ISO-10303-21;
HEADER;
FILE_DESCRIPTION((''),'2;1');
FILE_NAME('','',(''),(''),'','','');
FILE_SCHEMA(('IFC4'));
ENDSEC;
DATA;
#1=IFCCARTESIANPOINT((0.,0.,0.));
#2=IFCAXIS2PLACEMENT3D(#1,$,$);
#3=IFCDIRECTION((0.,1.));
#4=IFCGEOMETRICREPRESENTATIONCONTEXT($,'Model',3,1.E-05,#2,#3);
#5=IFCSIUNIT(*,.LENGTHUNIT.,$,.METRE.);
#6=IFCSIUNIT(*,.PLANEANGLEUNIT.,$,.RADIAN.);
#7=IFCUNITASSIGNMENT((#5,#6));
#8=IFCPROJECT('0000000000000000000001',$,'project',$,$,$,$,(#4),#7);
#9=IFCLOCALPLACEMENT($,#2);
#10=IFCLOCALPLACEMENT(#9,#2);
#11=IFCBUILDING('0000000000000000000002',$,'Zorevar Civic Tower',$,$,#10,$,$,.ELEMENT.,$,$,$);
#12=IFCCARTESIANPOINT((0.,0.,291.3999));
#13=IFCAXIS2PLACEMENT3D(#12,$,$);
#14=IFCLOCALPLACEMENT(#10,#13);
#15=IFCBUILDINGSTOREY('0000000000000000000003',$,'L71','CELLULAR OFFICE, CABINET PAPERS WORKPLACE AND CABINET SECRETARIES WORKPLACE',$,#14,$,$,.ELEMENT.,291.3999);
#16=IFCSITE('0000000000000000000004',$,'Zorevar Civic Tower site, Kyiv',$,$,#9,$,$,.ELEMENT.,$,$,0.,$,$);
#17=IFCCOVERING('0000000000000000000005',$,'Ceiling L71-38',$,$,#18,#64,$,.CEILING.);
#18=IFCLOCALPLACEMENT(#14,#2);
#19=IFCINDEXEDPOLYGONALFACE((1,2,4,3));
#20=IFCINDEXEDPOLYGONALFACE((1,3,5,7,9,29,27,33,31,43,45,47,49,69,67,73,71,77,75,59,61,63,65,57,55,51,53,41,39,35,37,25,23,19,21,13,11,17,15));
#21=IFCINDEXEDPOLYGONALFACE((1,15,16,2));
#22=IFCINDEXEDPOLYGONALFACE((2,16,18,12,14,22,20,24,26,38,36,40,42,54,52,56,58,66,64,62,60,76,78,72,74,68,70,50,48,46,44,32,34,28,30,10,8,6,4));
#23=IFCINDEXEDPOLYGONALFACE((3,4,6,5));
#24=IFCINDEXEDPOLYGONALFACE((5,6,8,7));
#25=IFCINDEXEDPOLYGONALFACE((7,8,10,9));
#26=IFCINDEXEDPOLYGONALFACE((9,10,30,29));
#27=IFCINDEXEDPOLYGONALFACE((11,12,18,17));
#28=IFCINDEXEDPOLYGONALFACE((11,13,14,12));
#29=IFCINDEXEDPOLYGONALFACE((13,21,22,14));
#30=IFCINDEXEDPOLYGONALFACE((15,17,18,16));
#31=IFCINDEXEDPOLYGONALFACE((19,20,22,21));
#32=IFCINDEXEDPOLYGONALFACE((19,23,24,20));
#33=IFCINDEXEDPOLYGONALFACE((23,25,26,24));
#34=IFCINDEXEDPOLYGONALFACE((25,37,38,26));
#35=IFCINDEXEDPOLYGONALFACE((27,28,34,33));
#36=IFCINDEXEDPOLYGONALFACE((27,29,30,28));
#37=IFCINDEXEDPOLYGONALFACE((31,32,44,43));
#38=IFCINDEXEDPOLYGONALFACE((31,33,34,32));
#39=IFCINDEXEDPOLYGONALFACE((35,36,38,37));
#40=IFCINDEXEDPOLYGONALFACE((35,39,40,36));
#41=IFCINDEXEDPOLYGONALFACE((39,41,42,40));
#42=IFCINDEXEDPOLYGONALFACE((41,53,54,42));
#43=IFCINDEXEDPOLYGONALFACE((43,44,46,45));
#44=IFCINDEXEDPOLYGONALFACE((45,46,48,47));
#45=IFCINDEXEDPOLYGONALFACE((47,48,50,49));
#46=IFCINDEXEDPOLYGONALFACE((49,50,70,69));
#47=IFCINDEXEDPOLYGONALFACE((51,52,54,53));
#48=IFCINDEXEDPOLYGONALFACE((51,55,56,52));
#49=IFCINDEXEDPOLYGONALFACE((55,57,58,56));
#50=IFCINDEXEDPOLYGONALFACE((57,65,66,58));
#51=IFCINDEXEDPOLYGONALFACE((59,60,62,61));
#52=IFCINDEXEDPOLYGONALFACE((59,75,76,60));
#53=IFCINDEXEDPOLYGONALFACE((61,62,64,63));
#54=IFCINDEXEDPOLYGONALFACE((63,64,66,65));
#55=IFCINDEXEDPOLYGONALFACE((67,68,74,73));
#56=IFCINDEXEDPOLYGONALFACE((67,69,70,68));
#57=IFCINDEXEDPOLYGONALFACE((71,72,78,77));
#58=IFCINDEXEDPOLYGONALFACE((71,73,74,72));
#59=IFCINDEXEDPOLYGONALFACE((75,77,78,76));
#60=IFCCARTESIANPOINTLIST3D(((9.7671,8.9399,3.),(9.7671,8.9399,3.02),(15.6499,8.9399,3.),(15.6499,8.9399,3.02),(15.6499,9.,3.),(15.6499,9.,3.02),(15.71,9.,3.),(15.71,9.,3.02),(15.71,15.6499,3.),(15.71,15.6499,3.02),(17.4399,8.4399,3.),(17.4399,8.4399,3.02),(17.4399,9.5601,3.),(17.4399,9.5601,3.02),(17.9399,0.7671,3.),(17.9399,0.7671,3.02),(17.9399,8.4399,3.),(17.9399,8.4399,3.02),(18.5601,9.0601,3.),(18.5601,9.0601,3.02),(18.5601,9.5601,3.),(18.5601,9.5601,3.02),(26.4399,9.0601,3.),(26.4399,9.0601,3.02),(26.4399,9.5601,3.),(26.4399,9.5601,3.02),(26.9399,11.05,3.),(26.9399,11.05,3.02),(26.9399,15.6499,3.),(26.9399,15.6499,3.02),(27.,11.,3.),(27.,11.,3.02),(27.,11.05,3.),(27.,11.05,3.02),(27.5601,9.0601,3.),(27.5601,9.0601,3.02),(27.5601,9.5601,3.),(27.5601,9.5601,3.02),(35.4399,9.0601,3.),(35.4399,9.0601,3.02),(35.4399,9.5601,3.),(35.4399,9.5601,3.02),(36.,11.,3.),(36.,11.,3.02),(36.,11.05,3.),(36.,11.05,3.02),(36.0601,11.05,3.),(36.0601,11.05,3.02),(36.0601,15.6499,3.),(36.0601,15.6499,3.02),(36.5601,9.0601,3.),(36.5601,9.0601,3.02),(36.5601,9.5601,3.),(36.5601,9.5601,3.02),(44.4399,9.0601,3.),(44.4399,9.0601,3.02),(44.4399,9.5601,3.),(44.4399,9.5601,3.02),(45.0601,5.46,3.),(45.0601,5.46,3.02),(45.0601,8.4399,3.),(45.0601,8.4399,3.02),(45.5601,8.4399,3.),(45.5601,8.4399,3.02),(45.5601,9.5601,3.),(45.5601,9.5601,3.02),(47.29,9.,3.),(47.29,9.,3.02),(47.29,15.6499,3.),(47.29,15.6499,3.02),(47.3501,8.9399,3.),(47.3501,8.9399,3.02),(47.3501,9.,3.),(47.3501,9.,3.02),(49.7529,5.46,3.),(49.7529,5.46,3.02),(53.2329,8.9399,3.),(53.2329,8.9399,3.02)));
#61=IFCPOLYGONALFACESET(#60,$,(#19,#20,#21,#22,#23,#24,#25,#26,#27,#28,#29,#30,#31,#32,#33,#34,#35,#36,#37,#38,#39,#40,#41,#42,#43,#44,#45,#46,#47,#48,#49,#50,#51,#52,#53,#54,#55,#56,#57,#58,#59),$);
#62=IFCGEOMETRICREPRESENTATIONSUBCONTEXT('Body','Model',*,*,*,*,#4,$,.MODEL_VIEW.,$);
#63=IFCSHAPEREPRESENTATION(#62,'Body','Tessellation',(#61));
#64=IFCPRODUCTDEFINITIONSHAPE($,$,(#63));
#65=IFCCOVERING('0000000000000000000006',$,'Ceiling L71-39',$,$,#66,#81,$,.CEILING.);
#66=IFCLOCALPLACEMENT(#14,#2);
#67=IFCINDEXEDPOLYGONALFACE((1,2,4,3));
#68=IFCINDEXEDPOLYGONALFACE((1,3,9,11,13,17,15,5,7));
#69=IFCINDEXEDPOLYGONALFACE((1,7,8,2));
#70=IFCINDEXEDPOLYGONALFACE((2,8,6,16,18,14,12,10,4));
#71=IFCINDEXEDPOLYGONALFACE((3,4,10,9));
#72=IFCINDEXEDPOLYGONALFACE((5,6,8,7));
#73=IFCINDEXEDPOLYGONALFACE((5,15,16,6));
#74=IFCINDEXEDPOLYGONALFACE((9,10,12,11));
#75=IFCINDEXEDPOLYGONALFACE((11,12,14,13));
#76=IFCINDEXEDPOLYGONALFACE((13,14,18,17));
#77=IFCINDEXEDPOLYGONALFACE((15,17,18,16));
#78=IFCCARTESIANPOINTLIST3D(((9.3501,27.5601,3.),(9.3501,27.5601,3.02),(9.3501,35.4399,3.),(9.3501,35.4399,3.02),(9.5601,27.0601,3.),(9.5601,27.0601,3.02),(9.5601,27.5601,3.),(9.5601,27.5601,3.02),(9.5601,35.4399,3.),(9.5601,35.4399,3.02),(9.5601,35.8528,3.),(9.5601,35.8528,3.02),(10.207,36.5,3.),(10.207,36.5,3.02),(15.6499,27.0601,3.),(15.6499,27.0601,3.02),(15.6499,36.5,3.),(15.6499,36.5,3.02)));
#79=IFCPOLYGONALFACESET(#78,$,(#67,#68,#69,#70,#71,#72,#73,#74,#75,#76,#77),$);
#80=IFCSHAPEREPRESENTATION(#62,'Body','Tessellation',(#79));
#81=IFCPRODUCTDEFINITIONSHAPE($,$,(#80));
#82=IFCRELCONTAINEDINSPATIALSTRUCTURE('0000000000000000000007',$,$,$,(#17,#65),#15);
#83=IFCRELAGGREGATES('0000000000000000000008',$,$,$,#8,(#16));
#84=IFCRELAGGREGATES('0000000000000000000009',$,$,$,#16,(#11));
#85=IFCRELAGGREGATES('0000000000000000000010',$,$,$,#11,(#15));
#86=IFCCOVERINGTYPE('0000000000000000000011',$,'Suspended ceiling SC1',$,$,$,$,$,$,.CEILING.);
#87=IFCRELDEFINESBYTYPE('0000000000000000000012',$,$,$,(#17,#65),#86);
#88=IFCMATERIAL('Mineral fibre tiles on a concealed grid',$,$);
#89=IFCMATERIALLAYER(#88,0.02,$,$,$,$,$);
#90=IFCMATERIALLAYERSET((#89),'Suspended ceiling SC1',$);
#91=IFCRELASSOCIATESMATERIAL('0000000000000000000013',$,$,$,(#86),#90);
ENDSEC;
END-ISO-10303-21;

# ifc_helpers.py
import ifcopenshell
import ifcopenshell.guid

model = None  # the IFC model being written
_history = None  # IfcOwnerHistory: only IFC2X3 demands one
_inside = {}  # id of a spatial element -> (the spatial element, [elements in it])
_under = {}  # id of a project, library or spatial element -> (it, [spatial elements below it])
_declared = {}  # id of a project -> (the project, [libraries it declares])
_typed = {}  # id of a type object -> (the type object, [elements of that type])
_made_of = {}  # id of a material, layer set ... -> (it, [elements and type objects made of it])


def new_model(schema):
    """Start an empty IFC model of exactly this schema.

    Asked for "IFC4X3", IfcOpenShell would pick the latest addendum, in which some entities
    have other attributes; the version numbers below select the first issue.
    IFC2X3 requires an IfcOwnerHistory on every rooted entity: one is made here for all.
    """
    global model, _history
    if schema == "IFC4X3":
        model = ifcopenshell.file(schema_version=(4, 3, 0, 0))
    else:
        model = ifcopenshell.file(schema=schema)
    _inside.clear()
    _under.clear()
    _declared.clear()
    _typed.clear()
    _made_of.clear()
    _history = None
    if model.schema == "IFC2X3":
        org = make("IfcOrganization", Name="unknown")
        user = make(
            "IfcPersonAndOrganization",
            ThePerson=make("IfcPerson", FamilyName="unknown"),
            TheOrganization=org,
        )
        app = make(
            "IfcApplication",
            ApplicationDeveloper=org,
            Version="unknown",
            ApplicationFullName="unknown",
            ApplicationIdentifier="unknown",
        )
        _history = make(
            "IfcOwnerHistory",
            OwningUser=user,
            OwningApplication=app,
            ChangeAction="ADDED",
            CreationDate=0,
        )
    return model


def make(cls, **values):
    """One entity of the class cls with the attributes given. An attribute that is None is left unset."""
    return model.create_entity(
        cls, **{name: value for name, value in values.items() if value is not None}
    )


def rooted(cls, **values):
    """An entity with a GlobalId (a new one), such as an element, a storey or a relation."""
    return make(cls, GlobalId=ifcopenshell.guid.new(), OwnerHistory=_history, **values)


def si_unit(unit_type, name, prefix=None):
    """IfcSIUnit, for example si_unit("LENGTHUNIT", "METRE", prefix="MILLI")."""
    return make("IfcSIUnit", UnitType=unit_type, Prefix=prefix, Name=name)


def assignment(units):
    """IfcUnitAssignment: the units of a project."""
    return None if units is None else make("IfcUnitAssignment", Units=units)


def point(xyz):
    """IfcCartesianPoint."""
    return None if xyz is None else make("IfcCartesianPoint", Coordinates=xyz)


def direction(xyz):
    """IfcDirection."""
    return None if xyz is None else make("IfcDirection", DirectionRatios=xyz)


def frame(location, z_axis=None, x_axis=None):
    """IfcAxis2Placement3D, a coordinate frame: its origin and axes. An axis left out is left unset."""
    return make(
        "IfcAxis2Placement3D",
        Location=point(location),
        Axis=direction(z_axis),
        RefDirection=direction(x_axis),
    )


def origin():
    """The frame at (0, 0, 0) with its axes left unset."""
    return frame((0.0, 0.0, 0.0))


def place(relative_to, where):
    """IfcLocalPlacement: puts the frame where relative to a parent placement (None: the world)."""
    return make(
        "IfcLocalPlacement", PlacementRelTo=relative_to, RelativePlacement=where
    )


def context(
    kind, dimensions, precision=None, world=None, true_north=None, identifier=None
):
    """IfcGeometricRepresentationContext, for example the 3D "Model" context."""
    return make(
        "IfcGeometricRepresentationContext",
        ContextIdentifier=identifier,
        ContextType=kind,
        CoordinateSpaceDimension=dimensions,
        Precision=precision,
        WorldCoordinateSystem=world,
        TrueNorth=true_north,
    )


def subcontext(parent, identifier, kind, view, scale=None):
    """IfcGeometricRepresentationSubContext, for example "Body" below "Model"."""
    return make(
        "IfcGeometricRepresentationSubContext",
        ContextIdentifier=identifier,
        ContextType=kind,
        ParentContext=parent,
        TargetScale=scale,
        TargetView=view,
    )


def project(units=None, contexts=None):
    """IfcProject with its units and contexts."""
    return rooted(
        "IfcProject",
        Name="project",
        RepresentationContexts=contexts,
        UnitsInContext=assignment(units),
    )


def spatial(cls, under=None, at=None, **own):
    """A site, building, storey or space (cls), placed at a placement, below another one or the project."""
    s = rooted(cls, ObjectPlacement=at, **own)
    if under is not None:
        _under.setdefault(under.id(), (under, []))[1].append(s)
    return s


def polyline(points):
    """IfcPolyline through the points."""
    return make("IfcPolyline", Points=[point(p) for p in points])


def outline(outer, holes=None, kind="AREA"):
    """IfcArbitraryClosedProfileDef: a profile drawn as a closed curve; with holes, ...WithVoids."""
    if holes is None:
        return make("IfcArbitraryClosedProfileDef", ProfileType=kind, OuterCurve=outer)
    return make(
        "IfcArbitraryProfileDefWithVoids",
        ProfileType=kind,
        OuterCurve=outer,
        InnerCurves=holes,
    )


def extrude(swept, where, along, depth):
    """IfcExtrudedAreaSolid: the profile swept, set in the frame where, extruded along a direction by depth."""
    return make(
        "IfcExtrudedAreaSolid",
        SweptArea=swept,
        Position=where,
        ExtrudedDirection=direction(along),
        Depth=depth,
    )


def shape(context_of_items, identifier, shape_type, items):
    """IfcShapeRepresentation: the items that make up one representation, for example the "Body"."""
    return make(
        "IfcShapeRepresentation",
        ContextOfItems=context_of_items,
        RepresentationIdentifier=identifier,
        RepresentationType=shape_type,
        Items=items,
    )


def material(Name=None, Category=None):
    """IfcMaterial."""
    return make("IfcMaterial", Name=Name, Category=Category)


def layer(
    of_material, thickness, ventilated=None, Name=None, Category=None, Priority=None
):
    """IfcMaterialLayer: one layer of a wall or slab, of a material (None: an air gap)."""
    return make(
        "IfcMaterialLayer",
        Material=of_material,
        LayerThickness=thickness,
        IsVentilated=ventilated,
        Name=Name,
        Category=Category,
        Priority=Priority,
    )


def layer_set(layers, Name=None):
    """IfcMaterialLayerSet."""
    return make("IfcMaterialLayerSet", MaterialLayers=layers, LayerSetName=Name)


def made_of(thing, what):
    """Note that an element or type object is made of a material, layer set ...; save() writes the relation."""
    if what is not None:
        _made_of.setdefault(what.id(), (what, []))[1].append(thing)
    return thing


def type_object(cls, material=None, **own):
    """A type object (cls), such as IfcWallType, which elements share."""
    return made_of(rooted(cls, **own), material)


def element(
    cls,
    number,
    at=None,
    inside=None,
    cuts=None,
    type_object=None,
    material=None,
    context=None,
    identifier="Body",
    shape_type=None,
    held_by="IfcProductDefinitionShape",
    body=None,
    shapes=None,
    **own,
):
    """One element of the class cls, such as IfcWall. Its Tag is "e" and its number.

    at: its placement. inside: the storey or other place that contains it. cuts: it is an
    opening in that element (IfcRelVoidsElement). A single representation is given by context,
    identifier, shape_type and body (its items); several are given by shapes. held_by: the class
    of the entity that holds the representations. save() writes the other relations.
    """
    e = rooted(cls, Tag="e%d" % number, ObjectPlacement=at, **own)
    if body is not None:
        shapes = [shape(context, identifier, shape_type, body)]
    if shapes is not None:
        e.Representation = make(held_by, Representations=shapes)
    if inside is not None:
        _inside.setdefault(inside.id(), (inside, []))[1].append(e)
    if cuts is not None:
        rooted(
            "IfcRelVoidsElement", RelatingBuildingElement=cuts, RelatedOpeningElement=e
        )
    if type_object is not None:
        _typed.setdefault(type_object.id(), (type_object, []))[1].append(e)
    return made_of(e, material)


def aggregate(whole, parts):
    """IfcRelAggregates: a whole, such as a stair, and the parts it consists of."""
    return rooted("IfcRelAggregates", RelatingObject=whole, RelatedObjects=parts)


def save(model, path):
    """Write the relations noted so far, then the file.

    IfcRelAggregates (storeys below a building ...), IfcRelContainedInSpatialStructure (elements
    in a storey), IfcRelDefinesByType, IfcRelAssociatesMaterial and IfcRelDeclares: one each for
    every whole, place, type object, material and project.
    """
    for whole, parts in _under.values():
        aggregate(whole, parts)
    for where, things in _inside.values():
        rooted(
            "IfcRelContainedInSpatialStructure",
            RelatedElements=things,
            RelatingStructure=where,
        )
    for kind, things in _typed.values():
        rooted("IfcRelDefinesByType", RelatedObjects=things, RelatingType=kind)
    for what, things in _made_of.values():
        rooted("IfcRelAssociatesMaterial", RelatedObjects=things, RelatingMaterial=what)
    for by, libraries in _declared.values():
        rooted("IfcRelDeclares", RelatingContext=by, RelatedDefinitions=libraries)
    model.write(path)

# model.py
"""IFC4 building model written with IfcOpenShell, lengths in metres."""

from ifc_helpers import new_model, si_unit, direction, frame, origin, place, context, subcontext, project, spatial, polyline, outline, extrude, material, layer, layer_set, type_object, element, save


model = new_model("IFC4")

# Units and contexts
model_context = context("Model", 3, precision=1e-05, world=origin(), true_north=direction((0.0, 1.0)))
body_context = subcontext(model_context, "Body", "Model", "MODEL_VIEW")
ifc_project = project(units=[si_unit("LENGTHUNIT", "METRE"), si_unit("PLANEANGLEUNIT", "RADIAN")], contexts=[model_context])

# Site, building, storey
site_placement = place(None, origin())
site = spatial("IfcSite", under=ifc_project, at=site_placement, Name="Zorevar Civic Tower site, Kyiv", CompositionType="ELEMENT", RefElevation=0.0)
building_placement = place(site_placement, origin())
building = spatial("IfcBuilding", under=site, at=building_placement, Name="Zorevar Civic Tower", CompositionType="ELEMENT")
storey_placement = place(building_placement, frame((0.0, 0.0, 291.3999)))
storey = spatial("IfcBuildingStorey", under=building, at=storey_placement, Name="L71", Description="CELLULAR OFFICE, CABINET PAPERS WORKPLACE AND CABINET SECRETARIES WORKPLACE", CompositionType="ELEMENT", Elevation=291.3999)

# Coverings
ifc_material_1 = material(Name="Mineral fibre tiles on a concealed grid")
ifc_layer_1 = layer(ifc_material_1, 0.02)
ifc_layer_set_1 = layer_set([ifc_layer_1], Name="Suspended ceiling SC1")
covering_type_1 = type_object("IfcCoveringType", Name="Suspended ceiling SC1", PredefinedType="CEILING", material=ifc_layer_set_1)
covering_1_placement = place(storey_placement, frame((0.0, 0.0, 3.0)))
element("IfcCovering", 1, at=covering_1_placement, inside=storey, type_object=covering_type_1, Name="Ceiling L71-38", PredefinedType="CEILING", context=body_context, shape_type="SweptSolid", body=[
    extrude(outline(polyline([(15.71, 15.6499), (26.9399, 15.6499), (26.9399, 11.05), (27.0, 11.05), (27.0, 11.0), (36.0, 11.0), (36.0, 11.05), (36.0601, 11.05), (36.0601, 15.6499), (47.29, 15.6499), (47.29, 9.0), (47.3501, 9.0), (47.3501, 8.9399), (53.2329, 8.9399), (49.7529, 5.46), (45.0601, 5.46), (45.0601, 8.4399), (45.5601, 8.4399), (45.5601, 9.5601), (44.4399, 9.5601), (44.4399, 9.0601), (36.5601, 9.0601), (36.5601, 9.5601), (35.4399, 9.5601), (35.4399, 9.0601), (27.5601, 9.0601), (27.5601, 9.5601), (26.4399, 9.5601), (26.4399, 9.0601), (18.5601, 9.0601), (18.5601, 9.5601), (17.4399, 9.5601), (17.4399, 8.4399), (17.9399, 8.4399), (17.9399, 0.7671), (9.7671, 8.9399), (15.6499, 8.9399), (15.6499, 9.0), (15.71, 9.0), (15.71, 15.6499)])), origin(), (0.0, 0.0, 1.0), 0.02),
])
covering_2_placement = place(storey_placement, frame((0.0, 0.0, 3.0)))
element("IfcCovering", 2, at=covering_2_placement, inside=storey, type_object=covering_type_1, Name="Ceiling L71-39", PredefinedType="CEILING", context=body_context, shape_type="SweptSolid", body=[
    extrude(outline(polyline([(9.5601, 27.5601), (9.3501, 27.5601), (9.3501, 35.4399), (9.5601, 35.4399), (9.5601, 35.8528), (10.207, 36.5), (15.6499, 36.5), (15.6499, 27.0601), (9.5601, 27.0601), (9.5601, 27.5601)])), origin(), (0.0, 0.0, 1.0), 0.02),
])

save(model, "model.ifc")
